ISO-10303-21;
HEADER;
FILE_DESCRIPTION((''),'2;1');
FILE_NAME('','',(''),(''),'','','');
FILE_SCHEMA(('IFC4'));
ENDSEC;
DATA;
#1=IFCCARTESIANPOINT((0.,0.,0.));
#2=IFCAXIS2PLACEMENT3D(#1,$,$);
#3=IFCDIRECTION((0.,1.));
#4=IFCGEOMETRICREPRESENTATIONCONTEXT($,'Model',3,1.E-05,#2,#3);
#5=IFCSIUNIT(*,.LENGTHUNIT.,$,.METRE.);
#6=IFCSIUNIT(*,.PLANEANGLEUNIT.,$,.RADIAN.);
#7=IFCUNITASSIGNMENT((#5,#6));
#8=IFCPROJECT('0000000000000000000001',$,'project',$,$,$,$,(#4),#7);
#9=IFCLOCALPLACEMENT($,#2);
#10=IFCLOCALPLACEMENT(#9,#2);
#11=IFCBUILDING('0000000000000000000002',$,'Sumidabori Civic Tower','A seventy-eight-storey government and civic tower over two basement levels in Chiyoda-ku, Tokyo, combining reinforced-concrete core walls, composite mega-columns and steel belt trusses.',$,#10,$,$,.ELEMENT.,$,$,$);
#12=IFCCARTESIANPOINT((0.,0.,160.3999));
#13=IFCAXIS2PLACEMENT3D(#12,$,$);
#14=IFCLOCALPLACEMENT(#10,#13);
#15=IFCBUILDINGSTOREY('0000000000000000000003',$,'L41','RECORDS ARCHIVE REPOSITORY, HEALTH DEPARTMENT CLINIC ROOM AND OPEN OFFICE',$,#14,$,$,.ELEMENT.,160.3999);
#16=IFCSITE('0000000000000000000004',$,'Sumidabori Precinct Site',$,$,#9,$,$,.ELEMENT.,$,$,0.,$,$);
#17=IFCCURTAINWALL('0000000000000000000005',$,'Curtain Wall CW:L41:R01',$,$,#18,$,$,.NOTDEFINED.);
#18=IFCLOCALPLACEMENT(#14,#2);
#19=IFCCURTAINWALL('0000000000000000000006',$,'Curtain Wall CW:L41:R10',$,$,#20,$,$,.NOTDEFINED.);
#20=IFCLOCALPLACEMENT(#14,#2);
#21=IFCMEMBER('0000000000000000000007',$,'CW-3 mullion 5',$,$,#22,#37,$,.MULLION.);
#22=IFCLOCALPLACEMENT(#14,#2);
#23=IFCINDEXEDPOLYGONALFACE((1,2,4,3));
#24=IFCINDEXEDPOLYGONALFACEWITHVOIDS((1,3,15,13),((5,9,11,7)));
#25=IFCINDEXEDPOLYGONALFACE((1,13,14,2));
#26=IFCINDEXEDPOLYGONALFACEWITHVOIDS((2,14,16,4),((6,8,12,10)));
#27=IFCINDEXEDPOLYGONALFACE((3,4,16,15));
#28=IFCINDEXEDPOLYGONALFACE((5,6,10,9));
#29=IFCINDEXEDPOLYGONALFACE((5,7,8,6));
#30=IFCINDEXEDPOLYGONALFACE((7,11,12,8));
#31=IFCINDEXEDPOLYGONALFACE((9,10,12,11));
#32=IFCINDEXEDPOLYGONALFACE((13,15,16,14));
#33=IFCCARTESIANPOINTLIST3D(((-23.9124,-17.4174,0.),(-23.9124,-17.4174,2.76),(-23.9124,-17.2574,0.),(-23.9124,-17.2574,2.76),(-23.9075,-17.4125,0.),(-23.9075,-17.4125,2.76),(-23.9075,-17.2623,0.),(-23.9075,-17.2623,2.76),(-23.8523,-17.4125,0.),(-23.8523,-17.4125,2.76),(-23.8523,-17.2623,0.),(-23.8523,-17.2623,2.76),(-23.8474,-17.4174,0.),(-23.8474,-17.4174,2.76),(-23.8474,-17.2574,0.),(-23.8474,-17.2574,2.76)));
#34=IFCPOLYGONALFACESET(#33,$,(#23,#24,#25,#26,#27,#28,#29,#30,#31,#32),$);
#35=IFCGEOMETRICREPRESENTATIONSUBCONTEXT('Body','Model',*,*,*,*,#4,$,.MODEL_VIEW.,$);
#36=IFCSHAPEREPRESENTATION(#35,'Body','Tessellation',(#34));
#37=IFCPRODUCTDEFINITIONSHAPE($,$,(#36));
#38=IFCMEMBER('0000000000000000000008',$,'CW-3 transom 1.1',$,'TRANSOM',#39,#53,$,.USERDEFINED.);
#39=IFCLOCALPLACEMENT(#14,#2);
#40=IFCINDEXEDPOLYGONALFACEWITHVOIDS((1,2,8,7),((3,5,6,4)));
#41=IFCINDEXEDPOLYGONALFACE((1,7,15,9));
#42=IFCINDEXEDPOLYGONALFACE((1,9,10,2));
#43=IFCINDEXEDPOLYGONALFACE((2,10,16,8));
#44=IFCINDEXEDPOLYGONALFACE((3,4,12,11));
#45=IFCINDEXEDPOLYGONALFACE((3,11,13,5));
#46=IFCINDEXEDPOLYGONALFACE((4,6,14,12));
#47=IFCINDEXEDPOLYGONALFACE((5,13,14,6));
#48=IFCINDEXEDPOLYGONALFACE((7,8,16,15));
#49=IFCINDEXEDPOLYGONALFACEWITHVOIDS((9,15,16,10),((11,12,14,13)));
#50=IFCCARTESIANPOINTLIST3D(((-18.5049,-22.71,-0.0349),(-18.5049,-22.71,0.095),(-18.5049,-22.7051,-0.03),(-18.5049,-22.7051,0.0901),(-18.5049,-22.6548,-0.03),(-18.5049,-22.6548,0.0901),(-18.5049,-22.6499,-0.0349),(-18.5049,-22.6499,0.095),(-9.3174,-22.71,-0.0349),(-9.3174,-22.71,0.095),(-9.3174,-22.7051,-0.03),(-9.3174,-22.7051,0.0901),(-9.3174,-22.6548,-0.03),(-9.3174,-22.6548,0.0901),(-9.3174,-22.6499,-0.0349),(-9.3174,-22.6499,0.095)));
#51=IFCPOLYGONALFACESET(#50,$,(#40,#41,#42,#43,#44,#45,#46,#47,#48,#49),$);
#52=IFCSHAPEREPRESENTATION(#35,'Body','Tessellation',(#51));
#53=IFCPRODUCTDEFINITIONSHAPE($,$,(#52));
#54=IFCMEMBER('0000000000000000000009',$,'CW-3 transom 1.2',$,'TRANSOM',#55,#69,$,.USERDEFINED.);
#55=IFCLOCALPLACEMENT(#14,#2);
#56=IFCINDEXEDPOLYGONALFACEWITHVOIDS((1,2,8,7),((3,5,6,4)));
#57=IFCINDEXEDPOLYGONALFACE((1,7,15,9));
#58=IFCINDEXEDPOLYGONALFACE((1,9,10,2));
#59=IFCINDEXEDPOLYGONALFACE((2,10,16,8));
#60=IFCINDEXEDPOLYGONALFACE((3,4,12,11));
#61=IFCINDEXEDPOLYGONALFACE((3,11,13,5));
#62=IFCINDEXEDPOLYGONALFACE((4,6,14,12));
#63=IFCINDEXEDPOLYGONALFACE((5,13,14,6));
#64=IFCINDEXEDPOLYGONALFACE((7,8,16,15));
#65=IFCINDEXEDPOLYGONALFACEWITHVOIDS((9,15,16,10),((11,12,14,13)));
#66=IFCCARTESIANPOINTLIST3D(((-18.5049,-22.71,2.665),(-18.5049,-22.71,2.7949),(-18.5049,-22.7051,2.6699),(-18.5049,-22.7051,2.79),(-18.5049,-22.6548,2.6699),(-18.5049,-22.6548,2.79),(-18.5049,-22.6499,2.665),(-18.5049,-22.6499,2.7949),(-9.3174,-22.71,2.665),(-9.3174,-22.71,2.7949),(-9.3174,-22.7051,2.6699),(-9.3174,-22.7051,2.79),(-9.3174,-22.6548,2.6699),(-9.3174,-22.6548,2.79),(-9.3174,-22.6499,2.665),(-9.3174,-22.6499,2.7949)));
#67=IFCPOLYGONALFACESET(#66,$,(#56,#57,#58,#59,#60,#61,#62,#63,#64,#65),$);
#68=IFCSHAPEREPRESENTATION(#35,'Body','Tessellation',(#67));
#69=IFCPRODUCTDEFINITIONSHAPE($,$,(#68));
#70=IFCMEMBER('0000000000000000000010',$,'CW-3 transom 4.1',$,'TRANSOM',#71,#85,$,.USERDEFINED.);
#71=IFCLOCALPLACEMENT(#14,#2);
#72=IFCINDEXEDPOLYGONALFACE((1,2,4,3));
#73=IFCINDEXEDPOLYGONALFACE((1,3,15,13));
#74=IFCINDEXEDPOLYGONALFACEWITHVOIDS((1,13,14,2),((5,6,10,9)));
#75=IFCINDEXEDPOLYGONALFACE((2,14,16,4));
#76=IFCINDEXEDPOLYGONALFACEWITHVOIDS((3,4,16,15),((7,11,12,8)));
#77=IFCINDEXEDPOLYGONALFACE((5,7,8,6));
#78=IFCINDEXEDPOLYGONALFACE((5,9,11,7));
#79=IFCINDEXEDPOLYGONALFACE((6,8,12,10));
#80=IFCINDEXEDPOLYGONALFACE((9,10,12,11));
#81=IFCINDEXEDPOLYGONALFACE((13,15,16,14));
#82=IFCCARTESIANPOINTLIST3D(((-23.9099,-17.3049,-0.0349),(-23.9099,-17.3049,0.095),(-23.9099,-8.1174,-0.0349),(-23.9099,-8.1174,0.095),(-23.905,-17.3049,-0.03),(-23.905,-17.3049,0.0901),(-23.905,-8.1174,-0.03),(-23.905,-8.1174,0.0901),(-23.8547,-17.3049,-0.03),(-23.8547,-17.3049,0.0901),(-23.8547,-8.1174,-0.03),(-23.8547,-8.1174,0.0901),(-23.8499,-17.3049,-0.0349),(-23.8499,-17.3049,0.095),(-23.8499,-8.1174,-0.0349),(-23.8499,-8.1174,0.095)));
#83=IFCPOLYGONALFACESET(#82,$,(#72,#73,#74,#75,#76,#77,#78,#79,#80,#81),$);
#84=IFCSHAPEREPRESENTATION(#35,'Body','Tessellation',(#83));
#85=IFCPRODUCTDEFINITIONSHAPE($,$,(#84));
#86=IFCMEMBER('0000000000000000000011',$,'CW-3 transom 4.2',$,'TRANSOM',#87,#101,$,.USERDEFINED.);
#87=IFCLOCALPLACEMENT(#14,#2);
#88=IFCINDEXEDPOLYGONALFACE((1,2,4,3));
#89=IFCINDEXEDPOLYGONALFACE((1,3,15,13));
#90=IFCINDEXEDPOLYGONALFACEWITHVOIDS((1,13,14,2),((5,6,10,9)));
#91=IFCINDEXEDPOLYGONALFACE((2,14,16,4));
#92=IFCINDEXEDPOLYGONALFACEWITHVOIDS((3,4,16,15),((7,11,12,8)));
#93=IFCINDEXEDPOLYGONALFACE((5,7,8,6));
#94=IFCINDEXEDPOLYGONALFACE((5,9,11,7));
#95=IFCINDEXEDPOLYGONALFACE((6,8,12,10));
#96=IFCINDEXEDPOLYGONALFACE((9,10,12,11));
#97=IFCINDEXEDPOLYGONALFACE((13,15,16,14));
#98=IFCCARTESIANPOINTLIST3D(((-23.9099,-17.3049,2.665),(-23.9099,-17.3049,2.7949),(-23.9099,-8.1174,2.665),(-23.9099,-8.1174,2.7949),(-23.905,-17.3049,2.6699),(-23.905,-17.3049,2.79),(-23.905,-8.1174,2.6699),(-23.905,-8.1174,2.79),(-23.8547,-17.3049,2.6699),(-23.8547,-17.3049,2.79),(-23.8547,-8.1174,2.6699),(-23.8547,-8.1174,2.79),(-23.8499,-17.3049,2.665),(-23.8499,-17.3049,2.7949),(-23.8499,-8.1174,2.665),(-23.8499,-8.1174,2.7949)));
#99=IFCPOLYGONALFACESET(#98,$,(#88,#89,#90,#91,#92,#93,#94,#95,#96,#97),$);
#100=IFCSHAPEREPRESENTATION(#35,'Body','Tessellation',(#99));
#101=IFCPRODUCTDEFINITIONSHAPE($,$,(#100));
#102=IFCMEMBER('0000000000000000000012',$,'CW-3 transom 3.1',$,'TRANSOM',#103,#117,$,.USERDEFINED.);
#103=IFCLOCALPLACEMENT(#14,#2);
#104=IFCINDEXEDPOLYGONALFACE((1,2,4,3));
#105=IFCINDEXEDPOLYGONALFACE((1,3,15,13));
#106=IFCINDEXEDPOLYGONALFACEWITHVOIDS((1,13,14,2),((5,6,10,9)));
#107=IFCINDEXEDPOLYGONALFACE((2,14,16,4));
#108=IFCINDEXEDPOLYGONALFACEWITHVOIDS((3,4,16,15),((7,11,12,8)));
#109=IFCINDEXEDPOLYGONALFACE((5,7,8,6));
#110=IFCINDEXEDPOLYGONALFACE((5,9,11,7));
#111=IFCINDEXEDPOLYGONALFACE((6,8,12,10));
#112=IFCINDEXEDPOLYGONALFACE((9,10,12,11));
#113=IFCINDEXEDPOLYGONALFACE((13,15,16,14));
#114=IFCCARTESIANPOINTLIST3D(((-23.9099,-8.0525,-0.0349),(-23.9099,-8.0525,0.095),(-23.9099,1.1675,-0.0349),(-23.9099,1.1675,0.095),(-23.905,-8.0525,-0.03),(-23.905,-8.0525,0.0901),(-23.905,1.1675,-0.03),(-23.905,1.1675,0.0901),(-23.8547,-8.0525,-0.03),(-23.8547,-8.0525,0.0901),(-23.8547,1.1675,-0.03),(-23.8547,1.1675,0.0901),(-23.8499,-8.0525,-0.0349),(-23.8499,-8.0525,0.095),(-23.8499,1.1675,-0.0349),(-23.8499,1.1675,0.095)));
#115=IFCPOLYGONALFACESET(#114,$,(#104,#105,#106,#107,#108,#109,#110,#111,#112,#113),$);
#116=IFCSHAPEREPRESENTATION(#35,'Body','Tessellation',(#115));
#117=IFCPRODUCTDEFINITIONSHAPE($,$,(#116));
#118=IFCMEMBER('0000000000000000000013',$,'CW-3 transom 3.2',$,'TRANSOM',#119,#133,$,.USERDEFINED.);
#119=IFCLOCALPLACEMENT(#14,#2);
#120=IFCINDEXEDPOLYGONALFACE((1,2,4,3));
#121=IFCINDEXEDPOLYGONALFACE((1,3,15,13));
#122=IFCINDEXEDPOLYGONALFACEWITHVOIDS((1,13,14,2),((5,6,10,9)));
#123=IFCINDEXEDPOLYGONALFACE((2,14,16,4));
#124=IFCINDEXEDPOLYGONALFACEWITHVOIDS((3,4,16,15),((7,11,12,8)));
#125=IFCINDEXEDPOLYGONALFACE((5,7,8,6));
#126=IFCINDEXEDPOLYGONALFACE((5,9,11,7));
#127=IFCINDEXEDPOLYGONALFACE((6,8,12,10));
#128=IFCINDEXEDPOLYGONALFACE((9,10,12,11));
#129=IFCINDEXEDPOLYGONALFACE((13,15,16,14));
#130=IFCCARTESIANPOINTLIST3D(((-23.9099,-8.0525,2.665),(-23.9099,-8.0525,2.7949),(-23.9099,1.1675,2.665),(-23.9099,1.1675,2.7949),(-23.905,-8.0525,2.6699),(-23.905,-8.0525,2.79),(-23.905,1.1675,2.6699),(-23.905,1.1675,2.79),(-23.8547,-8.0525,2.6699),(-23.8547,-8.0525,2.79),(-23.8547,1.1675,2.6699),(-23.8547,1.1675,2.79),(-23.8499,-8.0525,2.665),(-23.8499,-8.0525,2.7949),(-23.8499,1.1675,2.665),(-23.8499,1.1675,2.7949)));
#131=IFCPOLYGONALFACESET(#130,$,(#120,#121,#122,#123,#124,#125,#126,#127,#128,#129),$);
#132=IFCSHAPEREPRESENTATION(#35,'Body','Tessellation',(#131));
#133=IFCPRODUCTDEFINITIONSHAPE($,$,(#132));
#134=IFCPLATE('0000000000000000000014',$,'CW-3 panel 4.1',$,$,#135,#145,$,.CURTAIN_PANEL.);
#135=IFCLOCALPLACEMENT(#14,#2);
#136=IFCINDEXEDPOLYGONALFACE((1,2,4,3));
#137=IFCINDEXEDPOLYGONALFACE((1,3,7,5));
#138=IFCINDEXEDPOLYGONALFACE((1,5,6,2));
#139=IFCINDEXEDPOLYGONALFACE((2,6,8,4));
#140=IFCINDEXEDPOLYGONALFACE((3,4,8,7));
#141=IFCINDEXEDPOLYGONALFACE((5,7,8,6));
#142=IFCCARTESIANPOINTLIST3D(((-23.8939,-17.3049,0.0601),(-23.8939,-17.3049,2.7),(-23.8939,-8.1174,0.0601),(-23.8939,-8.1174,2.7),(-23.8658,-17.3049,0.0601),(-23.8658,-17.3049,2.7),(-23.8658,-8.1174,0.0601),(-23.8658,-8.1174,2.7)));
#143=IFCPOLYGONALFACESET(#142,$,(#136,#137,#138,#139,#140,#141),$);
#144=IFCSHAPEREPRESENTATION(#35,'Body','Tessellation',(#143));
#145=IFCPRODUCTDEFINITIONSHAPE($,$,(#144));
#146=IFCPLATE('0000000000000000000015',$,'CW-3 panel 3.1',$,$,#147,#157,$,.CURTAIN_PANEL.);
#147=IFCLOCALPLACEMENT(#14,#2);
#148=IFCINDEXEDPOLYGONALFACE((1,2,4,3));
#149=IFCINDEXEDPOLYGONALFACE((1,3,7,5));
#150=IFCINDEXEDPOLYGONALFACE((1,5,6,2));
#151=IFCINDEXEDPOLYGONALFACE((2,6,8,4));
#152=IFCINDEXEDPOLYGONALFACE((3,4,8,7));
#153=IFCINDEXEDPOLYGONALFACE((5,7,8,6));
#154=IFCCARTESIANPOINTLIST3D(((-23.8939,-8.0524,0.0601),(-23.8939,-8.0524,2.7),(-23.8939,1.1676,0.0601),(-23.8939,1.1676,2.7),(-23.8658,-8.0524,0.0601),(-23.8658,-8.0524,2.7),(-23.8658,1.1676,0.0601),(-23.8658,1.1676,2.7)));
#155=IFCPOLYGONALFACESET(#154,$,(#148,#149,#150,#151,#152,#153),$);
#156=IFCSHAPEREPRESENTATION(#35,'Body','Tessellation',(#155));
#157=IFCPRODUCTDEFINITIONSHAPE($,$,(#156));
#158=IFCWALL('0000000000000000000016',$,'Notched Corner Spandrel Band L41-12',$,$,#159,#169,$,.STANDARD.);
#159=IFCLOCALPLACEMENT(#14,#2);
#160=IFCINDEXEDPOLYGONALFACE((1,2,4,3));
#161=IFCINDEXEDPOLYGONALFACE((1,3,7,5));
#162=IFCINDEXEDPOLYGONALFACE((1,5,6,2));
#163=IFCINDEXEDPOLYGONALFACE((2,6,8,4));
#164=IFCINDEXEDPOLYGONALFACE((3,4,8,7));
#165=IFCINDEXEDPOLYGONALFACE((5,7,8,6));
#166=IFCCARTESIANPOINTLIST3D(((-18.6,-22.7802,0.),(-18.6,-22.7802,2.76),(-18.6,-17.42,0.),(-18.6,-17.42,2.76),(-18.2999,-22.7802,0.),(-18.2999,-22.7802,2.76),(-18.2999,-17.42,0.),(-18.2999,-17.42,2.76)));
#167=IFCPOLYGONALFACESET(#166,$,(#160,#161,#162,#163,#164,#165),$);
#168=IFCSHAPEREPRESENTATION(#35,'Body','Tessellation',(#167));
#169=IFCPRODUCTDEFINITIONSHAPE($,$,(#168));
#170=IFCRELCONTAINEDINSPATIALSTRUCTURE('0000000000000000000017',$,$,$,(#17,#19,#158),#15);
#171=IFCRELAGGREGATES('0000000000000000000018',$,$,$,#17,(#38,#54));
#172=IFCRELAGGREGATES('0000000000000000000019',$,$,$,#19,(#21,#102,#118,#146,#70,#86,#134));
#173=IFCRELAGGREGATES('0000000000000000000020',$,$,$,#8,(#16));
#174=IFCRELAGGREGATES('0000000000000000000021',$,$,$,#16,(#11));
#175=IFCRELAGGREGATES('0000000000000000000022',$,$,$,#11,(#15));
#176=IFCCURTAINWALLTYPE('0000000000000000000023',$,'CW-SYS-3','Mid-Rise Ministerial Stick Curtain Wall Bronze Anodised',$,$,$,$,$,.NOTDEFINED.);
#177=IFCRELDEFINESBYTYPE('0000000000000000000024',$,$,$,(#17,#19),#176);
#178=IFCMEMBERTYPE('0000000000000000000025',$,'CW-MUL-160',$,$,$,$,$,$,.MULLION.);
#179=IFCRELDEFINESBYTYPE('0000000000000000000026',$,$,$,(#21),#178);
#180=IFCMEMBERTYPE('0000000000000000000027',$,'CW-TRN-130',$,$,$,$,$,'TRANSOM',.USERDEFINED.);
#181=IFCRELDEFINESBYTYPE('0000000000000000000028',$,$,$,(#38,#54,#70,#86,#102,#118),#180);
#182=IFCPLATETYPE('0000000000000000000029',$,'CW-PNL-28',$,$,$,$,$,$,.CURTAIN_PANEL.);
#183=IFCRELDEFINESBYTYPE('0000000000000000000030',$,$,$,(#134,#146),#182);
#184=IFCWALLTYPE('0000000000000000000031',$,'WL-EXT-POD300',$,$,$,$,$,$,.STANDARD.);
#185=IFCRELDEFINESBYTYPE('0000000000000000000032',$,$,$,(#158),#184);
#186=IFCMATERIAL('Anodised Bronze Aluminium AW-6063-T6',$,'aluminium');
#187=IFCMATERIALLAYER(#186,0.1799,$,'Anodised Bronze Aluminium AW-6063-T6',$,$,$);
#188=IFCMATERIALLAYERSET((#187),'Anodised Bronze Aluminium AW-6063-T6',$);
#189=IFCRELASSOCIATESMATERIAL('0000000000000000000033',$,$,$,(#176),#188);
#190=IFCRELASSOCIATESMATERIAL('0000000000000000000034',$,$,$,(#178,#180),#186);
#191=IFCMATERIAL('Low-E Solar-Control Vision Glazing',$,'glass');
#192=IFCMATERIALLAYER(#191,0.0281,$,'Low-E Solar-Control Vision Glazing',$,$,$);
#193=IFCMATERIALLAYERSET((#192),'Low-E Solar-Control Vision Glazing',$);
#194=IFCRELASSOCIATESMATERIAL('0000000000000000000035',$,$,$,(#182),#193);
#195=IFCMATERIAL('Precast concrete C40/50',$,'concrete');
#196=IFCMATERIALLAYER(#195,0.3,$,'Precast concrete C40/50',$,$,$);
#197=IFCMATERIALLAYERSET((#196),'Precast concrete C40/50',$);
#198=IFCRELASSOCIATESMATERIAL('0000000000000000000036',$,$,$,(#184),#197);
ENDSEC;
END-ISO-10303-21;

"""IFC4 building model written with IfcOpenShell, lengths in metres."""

from ifc_helpers import new_model, si_unit, direction, frame, frame_2d, origin, origin_2d, place, context, subcontext, project, spatial, rectangle, hollow_rectangle, extrude, source, transform, mapped, material, layer, layer_set, material_profile, profile_set, type_object, element, aggregate, save


model = new_model("IFC4")

# Units and contexts
model_context = context("Model", 3, precision=1e-05, world=origin(), true_north=direction((0.0, 1.0)))
body_context = subcontext(model_context, "Body", "Model", "MODEL_VIEW")
ifc_project = project(units=[si_unit("LENGTHUNIT", "METRE"), si_unit("PLANEANGLEUNIT", "RADIAN")], contexts=[model_context])

# Site, building, storey
site_placement = place(None, origin())
site = spatial("IfcSite", under=ifc_project, at=site_placement, Name="Sumidabori Precinct Site", CompositionType="ELEMENT", RefElevation=0.0)
building_placement = place(site_placement, origin())
building = spatial("IfcBuilding", under=site, at=building_placement, Name="Sumidabori Civic Tower", Description="A seventy-eight-storey government and civic tower over two basement levels in Chiyoda-ku, Tokyo, combining reinforced-concrete core walls, composite mega-columns and steel belt trusses.", CompositionType="ELEMENT")
storey_placement = place(building_placement, frame((0.0, 0.0, 160.3999)))
storey = spatial("IfcBuildingStorey", under=building, at=storey_placement, Name="L41", Description="RECORDS ARCHIVE REPOSITORY, HEALTH DEPARTMENT CLINIC ROOM AND OPEN OFFICE", CompositionType="ELEMENT", Elevation=160.3999)

# Curtain wall
ifc_material_1 = material(Name="Anodised Bronze Aluminium AW-6063-T6", Category="aluminium")
ifc_layer_1 = layer(ifc_material_1, 0.1799, Name="Anodised Bronze Aluminium AW-6063-T6")
ifc_layer_set_1 = layer_set([ifc_layer_1], Name="Anodised Bronze Aluminium AW-6063-T6")
curtain_wall_type = type_object("IfcCurtainWallType", Name="CW-SYS-3", Description="Mid-Rise Ministerial Stick Curtain Wall Bronze Anodised", PredefinedType="NOTDEFINED", material=ifc_layer_set_1)
curtain_wall_1_placement = place(storey_placement, origin())
curtain_wall_1 = element("IfcCurtainWall", 1, at=curtain_wall_1_placement, inside=storey, type_object=curtain_wall_type, Name="Curtain Wall CW:L41:R01", PredefinedType="NOTDEFINED")
ifc_material_profile_1 = material_profile(ifc_material_1, hollow_rectangle(XDim=0.0649, YDim=0.1599, WallThickness=0.0049, at=origin_2d()), Name="ALU MULLION 160x65")
ifc_profile_set_1 = profile_set([ifc_material_profile_1], Name="Anodised Bronze Aluminium AW-6063-T6")
member_type_1 = type_object("IfcMemberType", Name="CW-MUL-160", PredefinedType="MULLION", material=ifc_profile_set_1)
shared_shape_1 = source(origin(), body_context, "Body", "SweptSolid", [
    extrude(hollow_rectangle(XDim=0.0649, YDim=0.1599, WallThickness=0.0049, at=origin_2d()), origin(), (0.0, 0.0, 1.0), 2.76),
])

# Curtain wall, member
curtain_wall_2_placement = place(storey_placement, origin())
curtain_wall_2 = element("IfcCurtainWall", 2, at=curtain_wall_2_placement, inside=storey, type_object=curtain_wall_type, Name="Curtain Wall CW:L41:R10", PredefinedType="NOTDEFINED")
member_1_placement = place(storey_placement, frame((-23.8799, -17.3374, 0.0), z_axis=(0.0, 0.0, 1.0), x_axis=(1.0, 0.0, 0.0)))
member_1 = element("IfcMember", 3, at=member_1_placement, type_object=member_type_1, Name="CW-3 mullion 5", PredefinedType="MULLION", context=body_context, shape_type="MappedRepresentation", body=[
    mapped(shared_shape_1, transform((0.0, 0.0, 0.0), x_axis=(1.0, 0.0, 0.0), y_axis=(0.0, 1.0, 0.0), z_axis=(0.0, 0.0, 1.0), scale=1.0)),
])

# Members
ifc_material_profile_2 = material_profile(ifc_material_1, hollow_rectangle(XDim=0.0601, YDim=0.1299, WallThickness=0.0049, at=origin_2d()), Name="ALU TRANSOM 130x60")
ifc_profile_set_2 = profile_set([ifc_material_profile_2], Name="Anodised Bronze Aluminium AW-6063-T6")
member_type_2 = type_object("IfcMemberType", Name="CW-TRN-130", ElementType="TRANSOM", PredefinedType="USERDEFINED", material=ifc_profile_set_2)
shared_shape_2 = source(origin(), body_context, "Body", "SweptSolid", [
    extrude(hollow_rectangle(XDim=0.0601, YDim=0.1299, WallThickness=0.0049, at=origin_2d()), origin(), (0.0, 0.0, 1.0), 9.1875),
])
member_2_placement = place(storey_placement, frame((-18.5049, -22.6799, 0.03), z_axis=(1.0, 0.0, 0.0), x_axis=(0.0, 1.0, 0.0)))
member_2 = element("IfcMember", 4, at=member_2_placement, type_object=member_type_2, Name="CW-3 transom 1.1", ObjectType="TRANSOM", PredefinedType="USERDEFINED", context=body_context, shape_type="MappedRepresentation", body=[
    mapped(shared_shape_2, transform((0.0, 0.0, 0.0), x_axis=(1.0, 0.0, 0.0), y_axis=(0.0, 1.0, 0.0), z_axis=(0.0, 0.0, 1.0), scale=1.0)),
])
member_3_placement = place(storey_placement, frame((-18.5049, -22.6799, 2.73), z_axis=(1.0, 0.0, 0.0), x_axis=(0.0, 1.0, 0.0)))
member_3 = element("IfcMember", 5, at=member_3_placement, type_object=member_type_2, Name="CW-3 transom 1.2", ObjectType="TRANSOM", PredefinedType="USERDEFINED", context=body_context, shape_type="MappedRepresentation", body=[
    mapped(shared_shape_2, transform((0.0, 0.0, 0.0), x_axis=(1.0, 0.0, 0.0), y_axis=(0.0, 1.0, 0.0), z_axis=(0.0, 0.0, 1.0), scale=1.0)),
])
aggregate(curtain_wall_1, [member_2, member_3])
member_4_placement = place(storey_placement, frame((-23.8799, -8.1174, 0.03), z_axis=(0.0, -1.0, 0.0), x_axis=(1.0, 0.0, 0.0)))
member_4 = element("IfcMember", 6, at=member_4_placement, type_object=member_type_2, Name="CW-3 transom 4.1", ObjectType="TRANSOM", PredefinedType="USERDEFINED", context=body_context, shape_type="MappedRepresentation", body=[
    mapped(shared_shape_2, transform((0.0, 0.0, 0.0), x_axis=(1.0, 0.0, 0.0), y_axis=(0.0, 1.0, 0.0), z_axis=(0.0, 0.0, 1.0), scale=1.0)),
])
member_5_placement = place(storey_placement, frame((-23.8799, -8.1174, 2.73), z_axis=(0.0, -1.0, 0.0), x_axis=(1.0, 0.0, 0.0)))
member_5 = element("IfcMember", 7, at=member_5_placement, type_object=member_type_2, Name="CW-3 transom 4.2", ObjectType="TRANSOM", PredefinedType="USERDEFINED", context=body_context, shape_type="MappedRepresentation", body=[
    mapped(shared_shape_2, transform((0.0, 0.0, 0.0), x_axis=(1.0, 0.0, 0.0), y_axis=(0.0, 1.0, 0.0), z_axis=(0.0, 0.0, 1.0), scale=1.0)),
])
shared_shape_3 = source(origin(), body_context, "Body", "SweptSolid", [
    extrude(hollow_rectangle(XDim=0.0601, YDim=0.1299, WallThickness=0.0049, at=origin_2d()), origin(), (0.0, 0.0, 1.0), 9.22),
])
member_6_placement = place(storey_placement, frame((-23.8799, 1.1675, 0.03), z_axis=(0.0, -1.0, 0.0), x_axis=(1.0, 0.0, 0.0)))
member_6 = element("IfcMember", 8, at=member_6_placement, type_object=member_type_2, Name="CW-3 transom 3.1", ObjectType="TRANSOM", PredefinedType="USERDEFINED", context=body_context, shape_type="MappedRepresentation", body=[
    mapped(shared_shape_3, transform((0.0, 0.0, 0.0), x_axis=(1.0, 0.0, 0.0), y_axis=(0.0, 1.0, 0.0), z_axis=(0.0, 0.0, 1.0), scale=1.0)),
])
member_7_placement = place(storey_placement, frame((-23.8799, 1.1675, 2.73), z_axis=(0.0, -1.0, 0.0), x_axis=(1.0, 0.0, 0.0)))
member_7 = element("IfcMember", 9, at=member_7_placement, type_object=member_type_2, Name="CW-3 transom 3.2", ObjectType="TRANSOM", PredefinedType="USERDEFINED", context=body_context, shape_type="MappedRepresentation", body=[
    mapped(shared_shape_3, transform((0.0, 0.0, 0.0), x_axis=(1.0, 0.0, 0.0), y_axis=(0.0, 1.0, 0.0), z_axis=(0.0, 0.0, 1.0), scale=1.0)),
])

# Plates
ifc_material_2 = material(Name="Low-E Solar-Control Vision Glazing", Category="glass")
ifc_layer_2 = layer(ifc_material_2, 0.0281, Name="Low-E Solar-Control Vision Glazing")
ifc_layer_set_2 = layer_set([ifc_layer_2], Name="Low-E Solar-Control Vision Glazing")
plate_type = type_object("IfcPlateType", Name="CW-PNL-28", PredefinedType="CURTAIN_PANEL", material=ifc_layer_set_2)
shared_shape_4 = source(origin(), body_context, "Body", "SweptSolid", [
    extrude(rectangle(XDim=9.1875, YDim=0.0281, at=origin_2d()), origin(), (0.0, 0.0, 1.0), 2.6399),
])
plate_1_placement = place(storey_placement, frame((-23.8799, -12.7112, 0.0601), z_axis=(0.0, 0.0, 1.0), x_axis=(0.0, -1.0, 0.0)))
plate_1 = element("IfcPlate", 10, at=plate_1_placement, type_object=plate_type, Name="CW-3 panel 4.1", PredefinedType="CURTAIN_PANEL", context=body_context, shape_type="MappedRepresentation", body=[
    mapped(shared_shape_4, transform((0.0, 0.0, 0.0), x_axis=(1.0, 0.0, 0.0), y_axis=(0.0, 1.0, 0.0), z_axis=(0.0, 0.0, 1.0), scale=1.0)),
])
shared_shape_5 = source(origin(), body_context, "Body", "SweptSolid", [
    extrude(rectangle(XDim=9.22, YDim=0.0281, at=origin_2d()), origin(), (0.0, 0.0, 1.0), 2.6399),
])
plate_2_placement = place(storey_placement, frame((-23.8799, -3.4424, 0.0601), z_axis=(0.0, 0.0, 1.0), x_axis=(0.0, -1.0, 0.0)))
plate_2 = element("IfcPlate", 11, at=plate_2_placement, type_object=plate_type, Name="CW-3 panel 3.1", PredefinedType="CURTAIN_PANEL", context=body_context, shape_type="MappedRepresentation", body=[
    mapped(shared_shape_5, transform((0.0, 0.0, 0.0), x_axis=(1.0, 0.0, 0.0), y_axis=(0.0, 1.0, 0.0), z_axis=(0.0, 0.0, 1.0), scale=1.0)),
])
aggregate(curtain_wall_2, [member_1, member_6, member_7, plate_2, member_4, member_5, plate_1])

# Wall
ifc_material_3 = material(Name="Precast concrete C40/50", Category="concrete")
ifc_layer_3 = layer(ifc_material_3, 0.3, Name="Precast concrete C40/50")
ifc_layer_set_3 = layer_set([ifc_layer_3], Name="Precast concrete C40/50")
wall_type = type_object("IfcWallType", Name="WL-EXT-POD300", PredefinedType="STANDARD", material=ifc_layer_set_3)
shared_shape_6 = source(origin(), body_context, "Body", "SweptSolid", [
    extrude(rectangle(XDim=5.3601, YDim=0.3, at=frame_2d((2.6802, 0.0))), origin(), (0.0, 0.0, 1.0), 2.76),
])
wall_1_placement = place(storey_placement, frame((-18.45, -17.4199, 0.0), z_axis=(0.0, 0.0, 1.0), x_axis=(0.0, -1.0, 0.0)))
element("IfcWall", 12, at=wall_1_placement, inside=storey, type_object=wall_type, Name="Notched Corner Spandrel Band L41-12", PredefinedType="STANDARD", context=body_context, shape_type="MappedRepresentation", body=[
    mapped(shared_shape_6, transform((0.0, 0.0, 0.0), x_axis=(1.0, 0.0, 0.0), y_axis=(0.0, 1.0, 0.0), z_axis=(0.0, 0.0, 1.0), scale=1.0)),
])

save(model, "model.ifc")
